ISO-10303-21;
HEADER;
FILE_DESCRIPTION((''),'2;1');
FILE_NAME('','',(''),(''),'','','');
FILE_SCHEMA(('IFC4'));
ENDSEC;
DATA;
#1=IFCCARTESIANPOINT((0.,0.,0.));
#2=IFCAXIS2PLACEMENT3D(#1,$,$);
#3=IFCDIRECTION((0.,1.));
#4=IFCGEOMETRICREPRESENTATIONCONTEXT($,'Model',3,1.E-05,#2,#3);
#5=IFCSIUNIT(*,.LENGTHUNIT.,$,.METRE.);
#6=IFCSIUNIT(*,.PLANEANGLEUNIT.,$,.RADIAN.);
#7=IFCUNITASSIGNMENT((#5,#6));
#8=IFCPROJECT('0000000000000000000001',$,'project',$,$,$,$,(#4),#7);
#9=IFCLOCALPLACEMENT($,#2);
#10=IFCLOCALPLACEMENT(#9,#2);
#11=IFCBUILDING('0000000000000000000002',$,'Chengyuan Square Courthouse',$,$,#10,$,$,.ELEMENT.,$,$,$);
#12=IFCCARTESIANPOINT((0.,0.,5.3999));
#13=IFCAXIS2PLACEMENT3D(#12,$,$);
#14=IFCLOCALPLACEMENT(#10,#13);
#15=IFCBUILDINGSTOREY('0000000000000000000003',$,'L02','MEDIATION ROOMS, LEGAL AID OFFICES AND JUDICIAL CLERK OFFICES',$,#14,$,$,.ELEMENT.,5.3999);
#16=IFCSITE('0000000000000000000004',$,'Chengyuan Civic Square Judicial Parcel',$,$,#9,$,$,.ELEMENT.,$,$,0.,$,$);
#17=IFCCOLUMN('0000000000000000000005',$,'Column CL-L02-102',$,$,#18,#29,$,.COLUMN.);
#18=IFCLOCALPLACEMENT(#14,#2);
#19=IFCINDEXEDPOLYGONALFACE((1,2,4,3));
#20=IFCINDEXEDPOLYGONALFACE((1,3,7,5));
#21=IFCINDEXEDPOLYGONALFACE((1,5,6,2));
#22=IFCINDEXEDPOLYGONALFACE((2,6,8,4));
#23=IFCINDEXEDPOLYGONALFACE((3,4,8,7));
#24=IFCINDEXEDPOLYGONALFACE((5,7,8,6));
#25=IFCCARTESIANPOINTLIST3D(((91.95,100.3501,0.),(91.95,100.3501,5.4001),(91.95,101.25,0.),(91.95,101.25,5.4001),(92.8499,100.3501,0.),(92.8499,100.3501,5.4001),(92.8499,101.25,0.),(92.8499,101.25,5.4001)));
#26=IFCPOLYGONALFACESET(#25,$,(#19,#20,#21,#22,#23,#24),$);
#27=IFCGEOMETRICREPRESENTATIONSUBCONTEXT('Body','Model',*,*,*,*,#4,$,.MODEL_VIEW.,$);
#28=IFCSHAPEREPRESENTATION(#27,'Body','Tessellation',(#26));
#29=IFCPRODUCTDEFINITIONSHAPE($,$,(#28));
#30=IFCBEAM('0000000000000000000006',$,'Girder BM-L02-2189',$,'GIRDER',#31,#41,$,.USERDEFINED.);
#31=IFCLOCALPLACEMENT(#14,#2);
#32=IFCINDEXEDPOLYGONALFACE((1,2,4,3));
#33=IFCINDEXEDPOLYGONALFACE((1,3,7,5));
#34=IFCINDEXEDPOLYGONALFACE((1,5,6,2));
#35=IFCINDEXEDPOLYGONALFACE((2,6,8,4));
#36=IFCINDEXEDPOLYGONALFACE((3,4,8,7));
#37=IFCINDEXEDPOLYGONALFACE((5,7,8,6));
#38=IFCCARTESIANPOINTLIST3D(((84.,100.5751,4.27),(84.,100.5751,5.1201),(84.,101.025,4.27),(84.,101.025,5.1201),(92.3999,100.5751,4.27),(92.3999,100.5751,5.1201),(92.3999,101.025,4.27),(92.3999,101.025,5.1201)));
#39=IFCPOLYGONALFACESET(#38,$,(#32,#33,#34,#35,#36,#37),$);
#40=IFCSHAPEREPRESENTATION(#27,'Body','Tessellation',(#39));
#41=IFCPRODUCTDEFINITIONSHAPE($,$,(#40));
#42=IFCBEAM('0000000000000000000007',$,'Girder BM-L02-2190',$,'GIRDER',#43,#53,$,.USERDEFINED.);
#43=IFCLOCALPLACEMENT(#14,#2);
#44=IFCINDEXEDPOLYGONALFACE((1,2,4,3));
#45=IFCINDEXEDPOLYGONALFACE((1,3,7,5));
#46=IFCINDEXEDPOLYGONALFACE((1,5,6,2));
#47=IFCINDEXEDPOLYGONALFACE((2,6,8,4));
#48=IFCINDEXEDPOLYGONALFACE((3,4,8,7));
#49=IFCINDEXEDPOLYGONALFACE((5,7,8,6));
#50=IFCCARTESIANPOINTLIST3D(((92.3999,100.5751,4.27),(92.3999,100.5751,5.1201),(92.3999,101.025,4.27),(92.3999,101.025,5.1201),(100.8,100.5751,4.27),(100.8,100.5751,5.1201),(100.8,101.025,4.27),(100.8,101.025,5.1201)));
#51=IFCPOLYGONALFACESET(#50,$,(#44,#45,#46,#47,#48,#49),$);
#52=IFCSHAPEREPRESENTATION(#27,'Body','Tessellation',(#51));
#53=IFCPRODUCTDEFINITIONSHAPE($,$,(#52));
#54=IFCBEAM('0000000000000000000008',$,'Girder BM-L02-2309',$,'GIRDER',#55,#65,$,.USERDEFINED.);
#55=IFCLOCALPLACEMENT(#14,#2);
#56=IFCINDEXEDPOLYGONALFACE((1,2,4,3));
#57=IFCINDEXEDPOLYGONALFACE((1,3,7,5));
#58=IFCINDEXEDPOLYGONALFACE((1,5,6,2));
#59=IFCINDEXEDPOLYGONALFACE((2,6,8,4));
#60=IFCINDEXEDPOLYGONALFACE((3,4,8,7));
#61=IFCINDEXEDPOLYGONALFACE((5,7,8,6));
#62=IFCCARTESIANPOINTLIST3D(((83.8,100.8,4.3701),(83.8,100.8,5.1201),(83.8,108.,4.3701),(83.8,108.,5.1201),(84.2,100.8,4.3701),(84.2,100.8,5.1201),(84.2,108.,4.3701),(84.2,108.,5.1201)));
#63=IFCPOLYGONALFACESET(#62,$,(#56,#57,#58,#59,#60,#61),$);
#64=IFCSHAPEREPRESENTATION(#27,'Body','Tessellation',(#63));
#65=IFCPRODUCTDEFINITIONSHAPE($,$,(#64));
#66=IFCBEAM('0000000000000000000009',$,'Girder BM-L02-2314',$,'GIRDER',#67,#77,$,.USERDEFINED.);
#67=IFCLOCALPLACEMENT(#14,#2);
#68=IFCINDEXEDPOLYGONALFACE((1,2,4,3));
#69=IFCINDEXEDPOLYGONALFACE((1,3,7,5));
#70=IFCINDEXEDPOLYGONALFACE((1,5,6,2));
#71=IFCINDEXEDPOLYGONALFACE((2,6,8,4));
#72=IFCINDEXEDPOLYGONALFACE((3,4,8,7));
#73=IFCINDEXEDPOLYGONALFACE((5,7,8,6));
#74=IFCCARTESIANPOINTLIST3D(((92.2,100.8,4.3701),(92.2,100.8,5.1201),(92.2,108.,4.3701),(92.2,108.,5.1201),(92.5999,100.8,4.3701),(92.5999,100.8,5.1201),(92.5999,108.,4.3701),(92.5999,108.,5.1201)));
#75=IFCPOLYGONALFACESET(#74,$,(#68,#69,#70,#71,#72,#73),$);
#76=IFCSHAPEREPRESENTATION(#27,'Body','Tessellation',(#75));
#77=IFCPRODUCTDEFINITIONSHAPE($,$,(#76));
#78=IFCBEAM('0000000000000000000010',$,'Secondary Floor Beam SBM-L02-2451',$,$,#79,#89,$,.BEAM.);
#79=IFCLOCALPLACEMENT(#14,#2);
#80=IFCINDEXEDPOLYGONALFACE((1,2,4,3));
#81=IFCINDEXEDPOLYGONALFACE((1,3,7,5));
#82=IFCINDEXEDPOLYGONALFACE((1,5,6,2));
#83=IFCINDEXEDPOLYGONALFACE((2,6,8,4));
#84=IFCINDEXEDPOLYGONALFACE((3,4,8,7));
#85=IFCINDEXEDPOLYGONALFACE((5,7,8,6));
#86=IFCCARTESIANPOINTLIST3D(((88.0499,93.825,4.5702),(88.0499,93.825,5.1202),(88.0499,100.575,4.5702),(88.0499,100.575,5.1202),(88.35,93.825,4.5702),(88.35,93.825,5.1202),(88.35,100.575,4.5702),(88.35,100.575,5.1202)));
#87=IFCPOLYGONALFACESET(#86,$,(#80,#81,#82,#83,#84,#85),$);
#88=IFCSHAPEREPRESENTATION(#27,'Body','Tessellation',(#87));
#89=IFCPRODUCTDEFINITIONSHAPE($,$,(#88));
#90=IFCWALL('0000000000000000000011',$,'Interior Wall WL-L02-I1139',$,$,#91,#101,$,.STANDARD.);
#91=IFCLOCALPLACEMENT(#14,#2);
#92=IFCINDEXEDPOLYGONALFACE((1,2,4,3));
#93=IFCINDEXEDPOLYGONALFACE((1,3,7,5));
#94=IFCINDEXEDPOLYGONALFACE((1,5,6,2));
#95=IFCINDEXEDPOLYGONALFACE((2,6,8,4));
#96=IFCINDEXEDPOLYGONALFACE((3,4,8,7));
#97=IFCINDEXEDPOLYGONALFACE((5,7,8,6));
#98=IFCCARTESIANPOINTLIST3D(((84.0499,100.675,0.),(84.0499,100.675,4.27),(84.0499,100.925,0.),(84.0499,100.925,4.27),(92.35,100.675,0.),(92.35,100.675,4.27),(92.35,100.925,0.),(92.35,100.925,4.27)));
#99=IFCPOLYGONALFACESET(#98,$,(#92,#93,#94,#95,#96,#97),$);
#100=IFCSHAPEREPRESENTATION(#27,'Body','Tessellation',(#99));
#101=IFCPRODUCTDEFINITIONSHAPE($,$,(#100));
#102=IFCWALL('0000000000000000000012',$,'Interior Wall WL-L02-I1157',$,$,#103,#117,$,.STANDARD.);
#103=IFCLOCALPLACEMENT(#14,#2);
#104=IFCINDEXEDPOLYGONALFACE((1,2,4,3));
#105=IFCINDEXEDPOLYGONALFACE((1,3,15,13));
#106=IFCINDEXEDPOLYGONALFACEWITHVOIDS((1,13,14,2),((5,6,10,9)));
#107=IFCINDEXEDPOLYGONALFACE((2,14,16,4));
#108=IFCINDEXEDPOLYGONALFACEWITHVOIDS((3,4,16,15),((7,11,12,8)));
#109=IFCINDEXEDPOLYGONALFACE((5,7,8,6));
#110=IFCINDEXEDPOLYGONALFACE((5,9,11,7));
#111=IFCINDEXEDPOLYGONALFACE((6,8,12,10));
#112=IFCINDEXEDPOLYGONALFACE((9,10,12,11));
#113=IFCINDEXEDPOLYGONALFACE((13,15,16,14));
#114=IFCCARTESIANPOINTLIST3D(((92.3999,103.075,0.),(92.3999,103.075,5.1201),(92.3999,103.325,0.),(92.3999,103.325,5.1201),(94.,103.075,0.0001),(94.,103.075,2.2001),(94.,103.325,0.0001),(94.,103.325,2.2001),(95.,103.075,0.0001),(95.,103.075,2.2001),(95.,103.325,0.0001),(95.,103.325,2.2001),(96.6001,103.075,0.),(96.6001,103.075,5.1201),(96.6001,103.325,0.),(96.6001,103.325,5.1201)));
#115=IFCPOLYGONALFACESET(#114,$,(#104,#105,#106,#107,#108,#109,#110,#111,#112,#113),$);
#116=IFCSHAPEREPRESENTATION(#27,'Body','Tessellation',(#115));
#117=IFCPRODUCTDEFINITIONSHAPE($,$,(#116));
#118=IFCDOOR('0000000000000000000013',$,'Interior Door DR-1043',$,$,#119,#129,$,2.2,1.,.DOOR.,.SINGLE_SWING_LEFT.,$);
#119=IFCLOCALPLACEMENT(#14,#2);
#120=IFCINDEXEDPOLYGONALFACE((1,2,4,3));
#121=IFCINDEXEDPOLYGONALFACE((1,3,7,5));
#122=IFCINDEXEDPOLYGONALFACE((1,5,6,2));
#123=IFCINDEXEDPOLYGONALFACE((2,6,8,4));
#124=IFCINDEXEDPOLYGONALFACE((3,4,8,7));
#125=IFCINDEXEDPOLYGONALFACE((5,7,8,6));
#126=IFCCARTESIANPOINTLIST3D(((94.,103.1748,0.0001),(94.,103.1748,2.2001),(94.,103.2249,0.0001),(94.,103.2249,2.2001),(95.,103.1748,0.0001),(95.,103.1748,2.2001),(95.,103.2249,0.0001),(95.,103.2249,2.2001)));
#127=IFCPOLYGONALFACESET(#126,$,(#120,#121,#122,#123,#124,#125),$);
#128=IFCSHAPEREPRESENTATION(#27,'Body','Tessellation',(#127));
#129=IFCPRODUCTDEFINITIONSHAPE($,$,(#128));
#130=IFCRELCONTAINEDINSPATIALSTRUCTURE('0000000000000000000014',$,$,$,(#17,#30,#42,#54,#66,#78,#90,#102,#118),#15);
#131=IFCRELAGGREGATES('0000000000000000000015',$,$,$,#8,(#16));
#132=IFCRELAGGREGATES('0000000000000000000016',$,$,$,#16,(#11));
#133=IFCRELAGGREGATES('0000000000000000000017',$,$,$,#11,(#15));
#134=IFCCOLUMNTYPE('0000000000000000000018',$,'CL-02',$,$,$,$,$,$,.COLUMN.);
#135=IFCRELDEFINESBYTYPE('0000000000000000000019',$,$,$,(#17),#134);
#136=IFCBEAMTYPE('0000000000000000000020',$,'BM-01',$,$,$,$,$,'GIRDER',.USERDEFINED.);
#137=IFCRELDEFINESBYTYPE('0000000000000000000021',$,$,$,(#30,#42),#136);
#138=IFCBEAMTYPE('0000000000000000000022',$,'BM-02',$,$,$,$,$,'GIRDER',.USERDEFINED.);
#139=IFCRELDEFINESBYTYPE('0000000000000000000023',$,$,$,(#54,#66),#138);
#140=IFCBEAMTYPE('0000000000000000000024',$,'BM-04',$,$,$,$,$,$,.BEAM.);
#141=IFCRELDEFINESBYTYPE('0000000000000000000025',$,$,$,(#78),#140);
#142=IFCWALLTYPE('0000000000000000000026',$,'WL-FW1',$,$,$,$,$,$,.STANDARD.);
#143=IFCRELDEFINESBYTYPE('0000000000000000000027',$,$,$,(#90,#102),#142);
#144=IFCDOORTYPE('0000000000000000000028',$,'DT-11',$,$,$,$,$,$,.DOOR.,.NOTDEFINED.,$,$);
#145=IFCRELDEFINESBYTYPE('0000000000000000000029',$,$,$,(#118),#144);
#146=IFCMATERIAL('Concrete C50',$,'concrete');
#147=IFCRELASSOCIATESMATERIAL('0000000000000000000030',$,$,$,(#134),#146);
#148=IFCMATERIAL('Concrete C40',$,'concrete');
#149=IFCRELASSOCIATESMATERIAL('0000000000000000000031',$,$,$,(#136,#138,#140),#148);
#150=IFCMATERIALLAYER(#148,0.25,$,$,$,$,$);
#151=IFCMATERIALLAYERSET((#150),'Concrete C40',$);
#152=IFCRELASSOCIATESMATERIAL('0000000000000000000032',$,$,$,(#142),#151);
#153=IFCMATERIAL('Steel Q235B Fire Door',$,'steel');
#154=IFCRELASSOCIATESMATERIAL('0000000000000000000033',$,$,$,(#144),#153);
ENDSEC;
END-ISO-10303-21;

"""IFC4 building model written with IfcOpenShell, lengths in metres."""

from ifc_helpers import new_model, si_unit, direction, frame, frame_2d, origin, origin_2d, place, context, subcontext, project, spatial, rectangle, extrude, material, layer, layer_set, material_profile, profile_set, type_object, element, fill, save


model = new_model("IFC4")

# Units and contexts
model_context = context("Model", 3, precision=1e-05, world=origin(), true_north=direction((0.0, 1.0)))
body_context = subcontext(model_context, "Body", "Model", "MODEL_VIEW")
ifc_project = project(units=[si_unit("LENGTHUNIT", "METRE"), si_unit("PLANEANGLEUNIT", "RADIAN")], contexts=[model_context])

# Site, building, storey
site_placement = place(None, origin())
site = spatial("IfcSite", under=ifc_project, at=site_placement, Name="Chengyuan Civic Square Judicial Parcel", CompositionType="ELEMENT", RefElevation=0.0)
building_placement = place(site_placement, origin())
building = spatial("IfcBuilding", under=site, at=building_placement, Name="Chengyuan Square Courthouse", CompositionType="ELEMENT")
storey_placement = place(building_placement, frame((0.0, 0.0, 5.3999)))
storey = spatial("IfcBuildingStorey", under=building, at=storey_placement, Name="L02", Description="MEDIATION ROOMS, LEGAL AID OFFICES AND JUDICIAL CLERK OFFICES", CompositionType="ELEMENT", Elevation=5.3999)

# Column
ifc_material_1 = material(Name="Concrete C50", Category="concrete")
ifc_material_profile_1 = material_profile(ifc_material_1, rectangle(XDim=0.8999, YDim=0.8999, at=origin_2d()), Name="RC-COL-900x900")
ifc_profile_set_1 = profile_set([ifc_material_profile_1], Name="Concrete C50")
column_type = type_object("IfcColumnType", Name="CL-02", PredefinedType="COLUMN", material=ifc_profile_set_1)
column_placement = place(storey_placement, frame((92.3999, 100.8, 0.0), z_axis=(0.0, 0.0, 1.0), x_axis=(1.0, 0.0, 0.0)))
element("IfcColumn", 1, at=column_placement, inside=storey, type_object=column_type, Name="Column CL-L02-102", PredefinedType="COLUMN", context=body_context, shape_type="SweptSolid", body=[
    extrude(rectangle(XDim=0.8999, YDim=0.8999, at=origin_2d()), origin(), (0.0, 0.0, 1.0), 5.4001),
])

# Beams
ifc_material_2 = material(Name="Concrete C40", Category="concrete")
ifc_material_profile_2 = material_profile(ifc_material_2, rectangle(XDim=0.45, YDim=0.8501, at=origin_2d()), Name="RC-BM-450x850")
ifc_profile_set_2 = profile_set([ifc_material_profile_2], Name="Concrete C40")
beam_type_1 = type_object("IfcBeamType", Name="BM-01", ElementType="GIRDER", PredefinedType="USERDEFINED", material=ifc_profile_set_2)
beam_1_placement = place(storey_placement, frame((84.0, 100.8, 4.6951), z_axis=(1.0, 0.0, 0.0), x_axis=(0.0, 1.0, 0.0)))
element("IfcBeam", 2, at=beam_1_placement, inside=storey, type_object=beam_type_1, Name="Girder BM-L02-2189", ObjectType="GIRDER", PredefinedType="USERDEFINED", context=body_context, shape_type="SweptSolid", body=[
    extrude(rectangle(XDim=0.45, YDim=0.8501, at=origin_2d()), origin(), (0.0, 0.0, 1.0), 8.3999),
])
beam_2_placement = place(storey_placement, frame((92.3999, 100.8, 4.6951), z_axis=(1.0, 0.0, 0.0), x_axis=(0.0, 1.0, 0.0)))
element("IfcBeam", 3, at=beam_2_placement, inside=storey, type_object=beam_type_1, Name="Girder BM-L02-2190", ObjectType="GIRDER", PredefinedType="USERDEFINED", context=body_context, shape_type="SweptSolid", body=[
    extrude(rectangle(XDim=0.45, YDim=0.8501, at=origin_2d()), origin(), (0.0, 0.0, 1.0), 8.4001),
])
ifc_material_profile_3 = material_profile(ifc_material_2, rectangle(XDim=0.3999, YDim=0.75, at=origin_2d()), Name="RC-BM-400x750")
ifc_profile_set_3 = profile_set([ifc_material_profile_3], Name="Concrete C40")
beam_type_2 = type_object("IfcBeamType", Name="BM-02", ElementType="GIRDER", PredefinedType="USERDEFINED", material=ifc_profile_set_3)
for number, where, z_axis, x_axis, name in (
    (4, (84.0, 100.8, 4.7451), (0.0, 1.0, 0.0), (-1.0, 0.0, 0.0), "Girder BM-L02-2309"),
    (5, (92.3999, 100.8, 4.7451), (0.0, 1.0, 0.0), (-1.0, 0.0, 0.0), "Girder BM-L02-2314"),
):
    element("IfcBeam", number, at=place(storey_placement, frame(where, z_axis=z_axis, x_axis=x_axis)), inside=storey, type_object=beam_type_2, Name=name, ObjectType="GIRDER", PredefinedType="USERDEFINED", context=body_context, shape_type="SweptSolid", body=[
        extrude(rectangle(XDim=0.3999, YDim=0.75, at=origin_2d()), origin(), (0.0, 0.0, 1.0), 7.2),
    ])
ifc_material_profile_4 = material_profile(ifc_material_2, rectangle(XDim=0.3, YDim=0.55, at=origin_2d()), Name="RC-BM-300x550")
ifc_profile_set_4 = profile_set([ifc_material_profile_4], Name="Concrete C40")
beam_type_3 = type_object("IfcBeamType", Name="BM-04", PredefinedType="BEAM", material=ifc_profile_set_4)
beam_3_placement = place(storey_placement, frame((88.2, 93.825, 4.8452), z_axis=(0.0, 1.0, 0.0), x_axis=(-1.0, 0.0, 0.0)))
element("IfcBeam", 6, at=beam_3_placement, inside=storey, type_object=beam_type_3, Name="Secondary Floor Beam SBM-L02-2451", PredefinedType="BEAM", context=body_context, shape_type="SweptSolid", body=[
    extrude(rectangle(XDim=0.3, YDim=0.55, at=origin_2d()), origin(), (0.0, 0.0, 1.0), 6.75),
])

# Wall
ifc_layer_1 = layer(ifc_material_2, 0.25)
ifc_layer_set_1 = layer_set([ifc_layer_1], Name="Concrete C40")
wall_type_1 = type_object("IfcWallType", Name="WL-FW1", PredefinedType="STANDARD", material=ifc_layer_set_1)
wall_1_placement = place(storey_placement, frame((84.05, 100.8, 0.0), z_axis=(0.0, 0.0, 1.0), x_axis=(1.0, 0.0, 0.0)))
element("IfcWall", 7, at=wall_1_placement, inside=storey, type_object=wall_type_1, Name="Interior Wall WL-L02-I1139", PredefinedType="STANDARD", context=body_context, shape_type="SweptSolid", body=[
    extrude(rectangle(XDim=8.3, YDim=0.25, at=frame_2d((4.1499, 0.0))), origin(), (0.0, 0.0, 1.0), 4.27),
])

# Wall, opening, door
wall_2_placement = place(storey_placement, frame((92.3999, 103.2, 0.0), z_axis=(0.0, 0.0, 1.0), x_axis=(1.0, 0.0, 0.0)))
wall_2 = element("IfcWall", 8, at=wall_2_placement, inside=storey, type_object=wall_type_1, Name="Interior Wall WL-L02-I1157", PredefinedType="STANDARD", context=body_context, shape_type="SweptSolid", body=[
    extrude(rectangle(XDim=4.2002, YDim=0.25, at=frame_2d((2.1001, 0.0))), origin(), (0.0, 0.0, 1.0), 5.1201),
])
opening_1_placement = place(wall_2_placement, frame((1.6001, 0.0, 0.0)))
opening_1 = element("IfcOpeningElement", 9, at=opening_1_placement, cuts=wall_2, PredefinedType="OPENING", context=body_context, shape_type="SweptSolid", body=[
    extrude(rectangle(XDim=1.0, YDim=2.2, at=frame_2d((0.5, 1.1001))), frame((0.0, 0.137, 0.0), z_axis=(0.0, -1.0, 0.0), x_axis=(1.0, 0.0, 0.0)), (0.0, 0.0, 1.0), 0.2739),
])
ifc_material_3 = material(Name="Steel Q235B Fire Door", Category="steel")
door_type_1 = type_object("IfcDoorType", Name="DT-11", OperationType="NOTDEFINED", PredefinedType="DOOR", material=ifc_material_3)
door_1_placement = place(opening_1_placement, origin())
door_1 = element("IfcDoor", 10, at=door_1_placement, inside=storey, type_object=door_type_1, Name="Interior Door DR-1043", OperationType="SINGLE_SWING_LEFT", OverallHeight=2.2, OverallWidth=1.0, PredefinedType="DOOR", context=body_context, shape_type="SweptSolid", body=[
    extrude(rectangle(XDim=1.0, YDim=2.2, at=frame_2d((0.5, 1.1001))), frame((0.0, 0.0249, 0.0), z_axis=(0.0, -1.0, 0.0), x_axis=(1.0, 0.0, 0.0)), (0.0, 0.0, 1.0), 0.05),
])
fill(opening_1, door_1)

save(model, "model.ifc")
